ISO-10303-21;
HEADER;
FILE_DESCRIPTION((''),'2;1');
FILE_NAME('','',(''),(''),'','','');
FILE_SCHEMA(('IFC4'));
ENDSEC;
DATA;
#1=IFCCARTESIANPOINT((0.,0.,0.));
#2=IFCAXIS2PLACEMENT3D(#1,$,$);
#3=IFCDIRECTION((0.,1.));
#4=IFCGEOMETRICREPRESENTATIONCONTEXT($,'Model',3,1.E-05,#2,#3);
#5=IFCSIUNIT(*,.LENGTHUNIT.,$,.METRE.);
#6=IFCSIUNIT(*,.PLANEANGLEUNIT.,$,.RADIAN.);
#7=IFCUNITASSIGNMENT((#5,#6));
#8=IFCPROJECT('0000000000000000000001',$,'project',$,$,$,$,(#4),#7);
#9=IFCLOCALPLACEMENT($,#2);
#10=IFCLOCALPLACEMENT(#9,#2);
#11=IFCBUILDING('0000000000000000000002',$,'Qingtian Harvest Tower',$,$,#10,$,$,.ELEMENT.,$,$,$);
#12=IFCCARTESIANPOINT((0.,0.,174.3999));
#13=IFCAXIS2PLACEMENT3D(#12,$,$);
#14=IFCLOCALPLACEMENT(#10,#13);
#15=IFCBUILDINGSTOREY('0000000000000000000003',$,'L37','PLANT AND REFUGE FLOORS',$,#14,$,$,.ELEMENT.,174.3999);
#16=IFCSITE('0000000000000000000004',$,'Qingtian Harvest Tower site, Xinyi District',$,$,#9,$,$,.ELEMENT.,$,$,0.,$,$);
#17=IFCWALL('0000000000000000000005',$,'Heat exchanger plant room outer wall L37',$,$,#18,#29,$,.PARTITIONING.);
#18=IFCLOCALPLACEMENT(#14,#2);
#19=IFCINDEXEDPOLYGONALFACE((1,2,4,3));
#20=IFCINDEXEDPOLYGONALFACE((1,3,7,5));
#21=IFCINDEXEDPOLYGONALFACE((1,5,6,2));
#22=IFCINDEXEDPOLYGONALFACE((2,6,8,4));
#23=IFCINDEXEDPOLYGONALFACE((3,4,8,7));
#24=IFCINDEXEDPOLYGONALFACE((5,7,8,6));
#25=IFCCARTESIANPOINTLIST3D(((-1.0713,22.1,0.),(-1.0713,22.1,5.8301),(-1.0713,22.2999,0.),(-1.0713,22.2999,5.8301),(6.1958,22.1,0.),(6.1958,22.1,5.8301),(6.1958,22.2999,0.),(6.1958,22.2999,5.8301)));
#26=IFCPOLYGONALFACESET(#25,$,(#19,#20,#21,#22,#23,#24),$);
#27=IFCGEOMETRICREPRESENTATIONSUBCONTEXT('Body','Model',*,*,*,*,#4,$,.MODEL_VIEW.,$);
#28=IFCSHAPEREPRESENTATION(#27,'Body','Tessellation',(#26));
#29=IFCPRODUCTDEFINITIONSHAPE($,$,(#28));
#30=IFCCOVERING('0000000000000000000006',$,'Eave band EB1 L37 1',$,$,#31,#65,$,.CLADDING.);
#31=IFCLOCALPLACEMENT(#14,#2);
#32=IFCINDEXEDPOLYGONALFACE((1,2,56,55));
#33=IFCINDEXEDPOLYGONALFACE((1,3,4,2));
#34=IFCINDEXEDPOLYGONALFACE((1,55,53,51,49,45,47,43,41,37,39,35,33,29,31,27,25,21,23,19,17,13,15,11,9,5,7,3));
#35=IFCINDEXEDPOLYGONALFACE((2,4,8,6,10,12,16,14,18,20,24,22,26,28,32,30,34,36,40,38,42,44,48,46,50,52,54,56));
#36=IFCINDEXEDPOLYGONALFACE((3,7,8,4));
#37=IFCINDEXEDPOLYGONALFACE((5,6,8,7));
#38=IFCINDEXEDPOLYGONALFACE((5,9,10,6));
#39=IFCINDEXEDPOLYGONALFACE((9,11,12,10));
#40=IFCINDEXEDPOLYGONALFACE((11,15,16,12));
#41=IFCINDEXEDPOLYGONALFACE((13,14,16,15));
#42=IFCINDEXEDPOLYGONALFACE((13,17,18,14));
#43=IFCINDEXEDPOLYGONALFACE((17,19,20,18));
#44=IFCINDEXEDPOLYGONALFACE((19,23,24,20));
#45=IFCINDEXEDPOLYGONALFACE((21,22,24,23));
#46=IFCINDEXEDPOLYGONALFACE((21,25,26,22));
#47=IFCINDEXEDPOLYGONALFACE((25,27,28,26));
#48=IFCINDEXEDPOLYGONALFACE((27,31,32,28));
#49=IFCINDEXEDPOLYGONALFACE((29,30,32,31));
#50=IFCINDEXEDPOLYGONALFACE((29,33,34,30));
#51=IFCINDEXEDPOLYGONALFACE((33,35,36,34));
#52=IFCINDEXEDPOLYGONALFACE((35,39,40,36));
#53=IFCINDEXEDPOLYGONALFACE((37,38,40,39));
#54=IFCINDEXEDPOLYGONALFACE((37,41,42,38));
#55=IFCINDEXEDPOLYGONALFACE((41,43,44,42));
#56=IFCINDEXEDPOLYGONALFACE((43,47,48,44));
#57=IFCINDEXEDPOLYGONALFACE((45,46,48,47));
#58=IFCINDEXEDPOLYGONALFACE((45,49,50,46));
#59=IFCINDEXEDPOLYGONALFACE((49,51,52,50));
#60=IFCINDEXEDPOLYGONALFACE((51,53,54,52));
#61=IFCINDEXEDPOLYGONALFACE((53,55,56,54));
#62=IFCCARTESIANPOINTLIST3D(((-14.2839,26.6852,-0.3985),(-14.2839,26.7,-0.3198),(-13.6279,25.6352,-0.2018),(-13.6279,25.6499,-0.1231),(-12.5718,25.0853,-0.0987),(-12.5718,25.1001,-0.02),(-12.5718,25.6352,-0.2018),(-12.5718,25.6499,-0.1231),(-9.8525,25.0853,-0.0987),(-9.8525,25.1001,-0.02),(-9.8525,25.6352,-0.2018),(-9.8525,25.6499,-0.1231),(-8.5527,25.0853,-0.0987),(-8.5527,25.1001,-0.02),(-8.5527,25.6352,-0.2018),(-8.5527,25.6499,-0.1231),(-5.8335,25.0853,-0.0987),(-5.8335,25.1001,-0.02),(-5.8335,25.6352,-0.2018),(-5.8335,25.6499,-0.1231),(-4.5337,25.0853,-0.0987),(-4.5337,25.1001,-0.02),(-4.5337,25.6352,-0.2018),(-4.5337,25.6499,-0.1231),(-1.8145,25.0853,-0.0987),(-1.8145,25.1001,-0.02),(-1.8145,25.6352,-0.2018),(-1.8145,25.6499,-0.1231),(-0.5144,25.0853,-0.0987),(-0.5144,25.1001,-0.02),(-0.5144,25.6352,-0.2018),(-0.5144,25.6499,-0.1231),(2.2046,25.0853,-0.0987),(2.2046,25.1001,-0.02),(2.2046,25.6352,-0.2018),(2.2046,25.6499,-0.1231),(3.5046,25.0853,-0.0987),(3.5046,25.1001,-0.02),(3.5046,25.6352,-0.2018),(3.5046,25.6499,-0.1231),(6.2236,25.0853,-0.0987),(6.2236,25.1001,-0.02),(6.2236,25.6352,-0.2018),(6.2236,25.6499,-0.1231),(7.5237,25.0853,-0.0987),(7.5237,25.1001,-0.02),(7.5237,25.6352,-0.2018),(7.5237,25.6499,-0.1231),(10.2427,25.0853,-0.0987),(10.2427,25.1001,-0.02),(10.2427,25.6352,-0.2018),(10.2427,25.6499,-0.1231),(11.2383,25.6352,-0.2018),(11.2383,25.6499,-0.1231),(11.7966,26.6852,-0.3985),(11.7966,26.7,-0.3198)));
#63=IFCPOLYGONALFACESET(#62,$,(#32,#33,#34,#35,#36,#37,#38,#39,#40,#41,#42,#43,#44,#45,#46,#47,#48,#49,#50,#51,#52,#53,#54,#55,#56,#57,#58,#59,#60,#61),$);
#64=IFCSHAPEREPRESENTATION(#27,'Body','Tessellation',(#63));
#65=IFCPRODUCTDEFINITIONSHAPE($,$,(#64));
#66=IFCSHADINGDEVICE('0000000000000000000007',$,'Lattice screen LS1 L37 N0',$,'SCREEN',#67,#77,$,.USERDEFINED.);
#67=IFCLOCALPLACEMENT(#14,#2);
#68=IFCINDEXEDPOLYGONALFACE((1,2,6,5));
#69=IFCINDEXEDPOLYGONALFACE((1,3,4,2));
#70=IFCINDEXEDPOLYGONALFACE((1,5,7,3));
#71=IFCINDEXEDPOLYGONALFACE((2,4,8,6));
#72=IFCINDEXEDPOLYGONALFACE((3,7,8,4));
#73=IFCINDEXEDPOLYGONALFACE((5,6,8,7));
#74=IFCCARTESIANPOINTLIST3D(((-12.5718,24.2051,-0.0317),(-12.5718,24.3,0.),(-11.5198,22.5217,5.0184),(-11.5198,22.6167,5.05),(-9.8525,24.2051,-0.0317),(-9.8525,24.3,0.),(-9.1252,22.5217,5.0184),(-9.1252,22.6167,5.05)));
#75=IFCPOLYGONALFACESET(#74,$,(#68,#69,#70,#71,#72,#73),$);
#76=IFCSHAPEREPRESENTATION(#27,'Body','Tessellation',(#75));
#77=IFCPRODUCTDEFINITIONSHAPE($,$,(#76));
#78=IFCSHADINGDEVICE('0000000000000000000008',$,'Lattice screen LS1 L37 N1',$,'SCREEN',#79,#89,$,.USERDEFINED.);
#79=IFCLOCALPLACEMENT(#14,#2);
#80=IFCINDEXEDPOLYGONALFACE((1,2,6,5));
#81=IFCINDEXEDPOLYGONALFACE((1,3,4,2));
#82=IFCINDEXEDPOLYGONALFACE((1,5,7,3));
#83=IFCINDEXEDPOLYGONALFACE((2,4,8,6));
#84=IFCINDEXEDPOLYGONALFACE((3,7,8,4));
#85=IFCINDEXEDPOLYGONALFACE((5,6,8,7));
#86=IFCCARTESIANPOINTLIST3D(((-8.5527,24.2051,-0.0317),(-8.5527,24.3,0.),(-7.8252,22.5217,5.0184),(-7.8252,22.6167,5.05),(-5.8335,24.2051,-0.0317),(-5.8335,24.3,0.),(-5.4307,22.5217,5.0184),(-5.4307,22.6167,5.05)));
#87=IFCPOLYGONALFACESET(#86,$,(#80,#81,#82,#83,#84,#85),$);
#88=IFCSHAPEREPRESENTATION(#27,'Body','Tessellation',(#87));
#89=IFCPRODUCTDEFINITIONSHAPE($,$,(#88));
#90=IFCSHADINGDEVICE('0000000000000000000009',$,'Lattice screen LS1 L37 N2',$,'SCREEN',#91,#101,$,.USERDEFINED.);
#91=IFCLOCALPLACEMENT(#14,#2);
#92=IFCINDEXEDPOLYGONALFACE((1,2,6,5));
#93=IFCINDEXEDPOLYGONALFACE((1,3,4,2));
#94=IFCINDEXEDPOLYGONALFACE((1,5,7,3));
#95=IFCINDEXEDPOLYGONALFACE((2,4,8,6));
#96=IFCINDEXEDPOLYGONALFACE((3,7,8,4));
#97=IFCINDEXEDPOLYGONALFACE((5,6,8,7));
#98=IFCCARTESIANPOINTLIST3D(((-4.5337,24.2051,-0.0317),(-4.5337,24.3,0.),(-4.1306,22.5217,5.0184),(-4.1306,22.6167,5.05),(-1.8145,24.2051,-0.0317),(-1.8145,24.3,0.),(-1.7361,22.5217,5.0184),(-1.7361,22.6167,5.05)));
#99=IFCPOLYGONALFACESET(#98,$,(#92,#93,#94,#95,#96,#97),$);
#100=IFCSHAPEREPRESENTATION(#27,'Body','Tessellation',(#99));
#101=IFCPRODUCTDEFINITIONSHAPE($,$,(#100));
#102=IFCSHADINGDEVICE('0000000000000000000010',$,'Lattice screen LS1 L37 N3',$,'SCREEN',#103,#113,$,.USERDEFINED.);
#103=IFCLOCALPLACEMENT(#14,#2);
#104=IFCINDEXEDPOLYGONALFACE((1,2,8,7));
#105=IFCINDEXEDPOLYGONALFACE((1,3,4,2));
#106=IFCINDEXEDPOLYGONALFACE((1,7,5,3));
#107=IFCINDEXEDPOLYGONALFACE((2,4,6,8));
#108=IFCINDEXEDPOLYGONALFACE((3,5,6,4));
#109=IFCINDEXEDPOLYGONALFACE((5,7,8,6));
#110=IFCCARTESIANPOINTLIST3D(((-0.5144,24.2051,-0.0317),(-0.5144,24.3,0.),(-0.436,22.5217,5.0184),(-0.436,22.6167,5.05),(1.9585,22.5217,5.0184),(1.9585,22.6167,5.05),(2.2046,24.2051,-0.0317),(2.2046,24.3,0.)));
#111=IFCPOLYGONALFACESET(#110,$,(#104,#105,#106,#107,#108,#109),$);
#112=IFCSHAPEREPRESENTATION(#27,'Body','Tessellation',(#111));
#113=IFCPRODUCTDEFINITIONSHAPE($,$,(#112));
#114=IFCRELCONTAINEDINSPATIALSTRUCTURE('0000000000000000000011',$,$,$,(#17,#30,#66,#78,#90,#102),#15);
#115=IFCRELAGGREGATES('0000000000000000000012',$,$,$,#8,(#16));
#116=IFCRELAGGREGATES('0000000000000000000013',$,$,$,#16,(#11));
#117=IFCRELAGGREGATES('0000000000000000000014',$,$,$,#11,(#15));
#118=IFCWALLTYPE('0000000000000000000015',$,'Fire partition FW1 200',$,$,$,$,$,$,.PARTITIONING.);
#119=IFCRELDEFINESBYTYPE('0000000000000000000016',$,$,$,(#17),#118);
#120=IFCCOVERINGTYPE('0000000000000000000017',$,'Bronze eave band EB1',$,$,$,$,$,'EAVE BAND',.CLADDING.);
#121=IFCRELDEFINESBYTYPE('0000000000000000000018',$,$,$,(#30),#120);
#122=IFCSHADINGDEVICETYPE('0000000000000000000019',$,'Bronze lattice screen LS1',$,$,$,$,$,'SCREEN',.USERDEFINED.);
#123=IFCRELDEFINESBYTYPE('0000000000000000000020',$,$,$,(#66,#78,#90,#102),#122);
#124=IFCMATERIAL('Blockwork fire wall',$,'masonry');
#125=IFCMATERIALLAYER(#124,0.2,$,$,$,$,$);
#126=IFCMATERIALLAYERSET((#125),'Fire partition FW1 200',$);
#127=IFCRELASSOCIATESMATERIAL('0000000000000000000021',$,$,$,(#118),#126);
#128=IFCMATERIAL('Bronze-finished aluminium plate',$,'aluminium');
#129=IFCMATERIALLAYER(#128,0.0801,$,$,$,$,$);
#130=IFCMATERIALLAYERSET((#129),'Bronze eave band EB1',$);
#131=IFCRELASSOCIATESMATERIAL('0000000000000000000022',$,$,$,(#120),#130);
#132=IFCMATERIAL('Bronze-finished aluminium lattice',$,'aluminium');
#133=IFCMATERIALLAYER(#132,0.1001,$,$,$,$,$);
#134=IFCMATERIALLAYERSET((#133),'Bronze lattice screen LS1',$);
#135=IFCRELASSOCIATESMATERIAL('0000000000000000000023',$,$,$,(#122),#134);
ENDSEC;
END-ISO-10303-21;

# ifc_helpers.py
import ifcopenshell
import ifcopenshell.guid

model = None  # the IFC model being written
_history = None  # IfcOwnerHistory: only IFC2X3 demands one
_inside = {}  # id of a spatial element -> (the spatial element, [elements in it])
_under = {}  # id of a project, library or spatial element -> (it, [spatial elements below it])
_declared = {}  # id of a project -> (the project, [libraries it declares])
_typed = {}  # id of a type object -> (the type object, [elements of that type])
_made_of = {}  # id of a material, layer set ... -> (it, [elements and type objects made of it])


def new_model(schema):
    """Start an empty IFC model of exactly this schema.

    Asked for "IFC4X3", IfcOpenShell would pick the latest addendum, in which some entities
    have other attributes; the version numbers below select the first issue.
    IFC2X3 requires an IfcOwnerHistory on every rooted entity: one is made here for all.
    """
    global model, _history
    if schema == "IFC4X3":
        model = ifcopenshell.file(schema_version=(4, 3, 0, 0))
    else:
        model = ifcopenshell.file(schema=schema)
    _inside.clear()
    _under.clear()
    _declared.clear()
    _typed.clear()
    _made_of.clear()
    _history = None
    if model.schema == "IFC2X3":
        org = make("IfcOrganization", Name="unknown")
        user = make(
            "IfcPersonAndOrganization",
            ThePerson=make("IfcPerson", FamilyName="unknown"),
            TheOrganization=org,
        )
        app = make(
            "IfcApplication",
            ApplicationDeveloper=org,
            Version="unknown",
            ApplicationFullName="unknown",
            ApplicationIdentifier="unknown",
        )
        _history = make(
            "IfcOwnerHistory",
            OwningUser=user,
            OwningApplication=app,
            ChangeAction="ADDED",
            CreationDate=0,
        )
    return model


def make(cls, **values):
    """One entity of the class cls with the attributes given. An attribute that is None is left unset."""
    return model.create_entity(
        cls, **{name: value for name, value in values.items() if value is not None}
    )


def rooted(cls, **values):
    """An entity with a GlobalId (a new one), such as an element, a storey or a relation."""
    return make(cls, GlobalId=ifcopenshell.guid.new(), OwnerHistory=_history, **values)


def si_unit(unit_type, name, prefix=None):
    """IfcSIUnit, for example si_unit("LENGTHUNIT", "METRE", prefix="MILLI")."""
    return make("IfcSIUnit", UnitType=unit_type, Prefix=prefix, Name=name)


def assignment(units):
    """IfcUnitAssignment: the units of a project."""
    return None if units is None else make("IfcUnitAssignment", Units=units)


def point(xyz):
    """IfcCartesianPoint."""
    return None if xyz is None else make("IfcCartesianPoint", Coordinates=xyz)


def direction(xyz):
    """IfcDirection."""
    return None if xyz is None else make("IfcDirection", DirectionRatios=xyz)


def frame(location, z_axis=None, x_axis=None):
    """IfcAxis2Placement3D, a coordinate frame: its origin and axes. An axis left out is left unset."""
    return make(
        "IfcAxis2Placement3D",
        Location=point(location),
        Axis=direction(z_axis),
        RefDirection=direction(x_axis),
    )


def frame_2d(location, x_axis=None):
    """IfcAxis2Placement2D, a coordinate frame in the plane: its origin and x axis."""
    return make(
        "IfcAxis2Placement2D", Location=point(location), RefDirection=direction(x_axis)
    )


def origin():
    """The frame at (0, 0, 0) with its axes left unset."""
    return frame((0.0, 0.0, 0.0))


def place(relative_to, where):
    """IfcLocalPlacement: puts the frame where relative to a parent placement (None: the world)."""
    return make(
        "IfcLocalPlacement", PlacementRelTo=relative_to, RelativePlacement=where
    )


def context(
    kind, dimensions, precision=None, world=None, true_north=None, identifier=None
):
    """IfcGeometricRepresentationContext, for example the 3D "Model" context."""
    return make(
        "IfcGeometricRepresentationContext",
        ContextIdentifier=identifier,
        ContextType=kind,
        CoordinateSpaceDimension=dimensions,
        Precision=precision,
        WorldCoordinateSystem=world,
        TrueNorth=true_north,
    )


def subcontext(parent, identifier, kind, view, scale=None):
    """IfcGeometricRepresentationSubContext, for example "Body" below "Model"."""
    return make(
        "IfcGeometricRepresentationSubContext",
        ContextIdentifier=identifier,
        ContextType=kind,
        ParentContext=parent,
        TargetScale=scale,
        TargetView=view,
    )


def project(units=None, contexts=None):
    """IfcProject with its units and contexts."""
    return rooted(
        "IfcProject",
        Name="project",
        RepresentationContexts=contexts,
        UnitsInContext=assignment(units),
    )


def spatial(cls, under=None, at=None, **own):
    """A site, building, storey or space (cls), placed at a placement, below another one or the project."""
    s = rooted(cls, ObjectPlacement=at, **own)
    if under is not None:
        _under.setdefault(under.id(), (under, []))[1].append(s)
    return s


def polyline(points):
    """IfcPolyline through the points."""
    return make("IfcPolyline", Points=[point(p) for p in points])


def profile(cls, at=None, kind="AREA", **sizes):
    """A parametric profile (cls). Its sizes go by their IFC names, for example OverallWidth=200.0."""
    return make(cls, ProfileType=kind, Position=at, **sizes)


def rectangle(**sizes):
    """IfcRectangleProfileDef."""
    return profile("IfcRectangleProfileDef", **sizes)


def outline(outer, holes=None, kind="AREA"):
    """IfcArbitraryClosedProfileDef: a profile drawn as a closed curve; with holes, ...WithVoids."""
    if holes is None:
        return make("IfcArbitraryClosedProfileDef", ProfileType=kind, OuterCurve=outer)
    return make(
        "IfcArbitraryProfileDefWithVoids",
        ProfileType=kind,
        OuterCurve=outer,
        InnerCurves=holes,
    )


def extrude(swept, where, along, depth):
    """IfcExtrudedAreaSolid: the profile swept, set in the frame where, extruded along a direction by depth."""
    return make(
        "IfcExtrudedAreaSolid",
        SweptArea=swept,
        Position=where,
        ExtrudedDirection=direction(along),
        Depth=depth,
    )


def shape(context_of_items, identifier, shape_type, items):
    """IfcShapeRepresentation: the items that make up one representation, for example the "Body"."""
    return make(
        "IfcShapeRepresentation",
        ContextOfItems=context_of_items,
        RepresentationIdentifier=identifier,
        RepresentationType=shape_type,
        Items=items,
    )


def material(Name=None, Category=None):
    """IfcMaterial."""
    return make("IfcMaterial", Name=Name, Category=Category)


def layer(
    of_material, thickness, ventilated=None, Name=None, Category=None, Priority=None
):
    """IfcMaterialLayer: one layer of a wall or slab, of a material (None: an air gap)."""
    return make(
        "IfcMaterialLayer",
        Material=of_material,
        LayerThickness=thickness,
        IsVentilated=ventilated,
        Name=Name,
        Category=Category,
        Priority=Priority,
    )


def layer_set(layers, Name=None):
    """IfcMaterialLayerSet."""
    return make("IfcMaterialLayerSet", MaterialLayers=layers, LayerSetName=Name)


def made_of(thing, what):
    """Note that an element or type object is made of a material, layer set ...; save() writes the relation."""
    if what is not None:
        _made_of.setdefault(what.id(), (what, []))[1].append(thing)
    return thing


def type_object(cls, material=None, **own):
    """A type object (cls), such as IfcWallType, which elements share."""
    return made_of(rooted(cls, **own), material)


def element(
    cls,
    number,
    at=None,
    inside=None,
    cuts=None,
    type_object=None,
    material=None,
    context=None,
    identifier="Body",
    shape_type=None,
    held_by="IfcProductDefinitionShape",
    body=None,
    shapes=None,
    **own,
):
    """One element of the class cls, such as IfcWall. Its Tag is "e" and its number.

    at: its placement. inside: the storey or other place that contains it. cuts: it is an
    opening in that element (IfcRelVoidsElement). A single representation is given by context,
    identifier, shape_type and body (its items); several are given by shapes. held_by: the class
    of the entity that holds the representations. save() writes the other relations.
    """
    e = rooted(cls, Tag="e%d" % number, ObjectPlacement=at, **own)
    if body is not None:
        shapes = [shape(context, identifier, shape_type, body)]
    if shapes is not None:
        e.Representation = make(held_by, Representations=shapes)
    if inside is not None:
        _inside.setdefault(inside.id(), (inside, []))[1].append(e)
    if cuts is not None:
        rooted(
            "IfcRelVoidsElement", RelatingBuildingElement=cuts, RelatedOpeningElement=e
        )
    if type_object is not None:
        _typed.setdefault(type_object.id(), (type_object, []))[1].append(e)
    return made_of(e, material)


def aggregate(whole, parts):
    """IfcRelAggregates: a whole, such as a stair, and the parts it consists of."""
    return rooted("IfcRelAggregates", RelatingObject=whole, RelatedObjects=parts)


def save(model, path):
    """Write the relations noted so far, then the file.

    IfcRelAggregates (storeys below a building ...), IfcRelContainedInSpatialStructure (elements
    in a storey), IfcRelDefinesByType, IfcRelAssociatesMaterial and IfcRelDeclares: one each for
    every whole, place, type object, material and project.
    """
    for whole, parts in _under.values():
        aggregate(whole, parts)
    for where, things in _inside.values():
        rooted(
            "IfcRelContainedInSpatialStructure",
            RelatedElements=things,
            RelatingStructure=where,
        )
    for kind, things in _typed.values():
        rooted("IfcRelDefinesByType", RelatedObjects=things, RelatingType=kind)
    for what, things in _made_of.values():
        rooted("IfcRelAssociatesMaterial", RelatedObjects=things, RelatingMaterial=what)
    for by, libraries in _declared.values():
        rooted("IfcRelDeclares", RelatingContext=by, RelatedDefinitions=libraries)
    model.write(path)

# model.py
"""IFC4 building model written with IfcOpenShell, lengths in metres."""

from ifc_helpers import new_model, si_unit, direction, frame, frame_2d, origin, place, context, subcontext, project, spatial, polyline, rectangle, outline, extrude, material, layer, layer_set, type_object, element, save


model = new_model("IFC4")

# Units and contexts
model_context = context("Model", 3, precision=1e-05, world=origin(), true_north=direction((0.0, 1.0)))
body_context = subcontext(model_context, "Body", "Model", "MODEL_VIEW")
ifc_project = project(units=[si_unit("LENGTHUNIT", "METRE"), si_unit("PLANEANGLEUNIT", "RADIAN")], contexts=[model_context])

# Site, building, storey
site_placement = place(None, origin())
site = spatial("IfcSite", under=ifc_project, at=site_placement, Name="Qingtian Harvest Tower site, Xinyi District", CompositionType="ELEMENT", RefElevation=0.0)
building_placement = place(site_placement, origin())
building = spatial("IfcBuilding", under=site, at=building_placement, Name="Qingtian Harvest Tower", CompositionType="ELEMENT")
storey_placement = place(building_placement, frame((0.0, 0.0, 174.3999)))
storey = spatial("IfcBuildingStorey", under=building, at=storey_placement, Name="L37", Description="PLANT AND REFUGE FLOORS", CompositionType="ELEMENT", Elevation=174.3999)

# Wall
ifc_material_1 = material(Name="Blockwork fire wall", Category="masonry")
ifc_layer_1 = layer(ifc_material_1, 0.2)
ifc_layer_set_1 = layer_set([ifc_layer_1], Name="Fire partition FW1 200")
wall_type = type_object("IfcWallType", Name="Fire partition FW1 200", PredefinedType="PARTITIONING", material=ifc_layer_set_1)
wall_placement = place(storey_placement, frame((-1.0713, 22.2, 0.0), z_axis=(0.0, 0.0, 1.0), x_axis=(1.0, 0.0, 0.0)))
element("IfcWall", 1, at=wall_placement, inside=storey, type_object=wall_type, Name="Heat exchanger plant room outer wall L37", PredefinedType="PARTITIONING", context=body_context, shape_type="SweptSolid", body=[
    extrude(rectangle(XDim=7.2671, YDim=0.2, at=frame_2d((3.6335, 0.0))), origin(), (0.0, 0.0, 1.0), 5.8301),
])

# Covering
ifc_material_2 = material(Name="Bronze-finished aluminium plate", Category="aluminium")
ifc_layer_2 = layer(ifc_material_2, 0.0801)
ifc_layer_set_2 = layer_set([ifc_layer_2], Name="Bronze eave band EB1")
covering_type = type_object("IfcCoveringType", Name="Bronze eave band EB1", ElementType="EAVE BAND", PredefinedType="CLADDING", material=ifc_layer_set_2)
covering_placement = place(storey_placement, frame((-12.5718, 25.1001, -0.02), z_axis=(0.0, 0.18419, 0.982891), x_axis=(0.0, 0.982891, -0.18419)))
element("IfcCovering", 2, at=covering_placement, inside=storey, type_object=covering_type, Name="Eave band EB1 L37 1", PredefinedType="CLADDING", context=body_context, shape_type="SweptSolid", body=[
    extrude(outline(polyline([(0.0, 0.0), (0.5594, 0.0), (0.5594, 1.0562), (1.6277, 1.7122), (1.6277, -24.3684), (0.5594, -23.8101), (0.5594, -22.8145), (0.0, -22.8145), (0.0, -20.0955), (0.5594, -20.0955), (0.5594, -18.7954), (0.0, -18.7954), (0.0, -16.0764), (0.5594, -16.0764), (0.5594, -14.7764), (0.0, -14.7764), (0.0, -12.0574), (0.5594, -12.0574), (0.5594, -10.7573), (0.0, -10.7573), (0.0, -8.0381), (0.5594, -8.0381), (0.5594, -6.7383), (0.0, -6.7383), (0.0, -4.019), (0.5594, -4.019), (0.5594, -2.7192), (0.0, -2.7192), (0.0, 0.0)])), origin(), (0.0, 0.0, -1.0), 0.0801),
])

# Shading devices
ifc_material_3 = material(Name="Bronze-finished aluminium lattice", Category="aluminium")
ifc_layer_3 = layer(ifc_material_3, 0.1001)
ifc_layer_set_3 = layer_set([ifc_layer_3], Name="Bronze lattice screen LS1")
shading_device_type = type_object("IfcShadingDeviceType", Name="Bronze lattice screen LS1", ElementType="SCREEN", PredefinedType="USERDEFINED", material=ifc_layer_set_3)
shading_device_1_placement = place(storey_placement, frame((-12.5718, 24.3, 0.0), z_axis=(0.0, 0.948683, 0.316228), x_axis=(1.0, 0.0, 0.0)))
element("IfcShadingDevice", 3, at=shading_device_1_placement, inside=storey, type_object=shading_device_type, Name="Lattice screen LS1 L37 N0", ObjectType="SCREEN", PredefinedType="USERDEFINED", context=body_context, shape_type="SweptSolid", body=[
    extrude(outline(polyline([(0.0, 0.0), (2.7192, 0.0), (3.4465, -5.3232), (1.052, -5.3232), (0.0, 0.0)])), origin(), (0.0, 0.0, -1.0), 0.1001),
])
shading_device_2_placement = place(storey_placement, frame((-8.5527, 24.3, 0.0), z_axis=(0.0, 0.948683, 0.316228), x_axis=(1.0, 0.0, 0.0)))
element("IfcShadingDevice", 4, at=shading_device_2_placement, inside=storey, type_object=shading_device_type, Name="Lattice screen LS1 L37 N1", ObjectType="SCREEN", PredefinedType="USERDEFINED", context=body_context, shape_type="SweptSolid", body=[
    extrude(outline(polyline([(0.0, 0.0), (2.7192, 0.0), (3.1221, -5.3232), (0.7275, -5.3232), (0.0, 0.0)])), origin(), (0.0, 0.0, -1.0), 0.1001),
])
shading_device_3_placement = place(storey_placement, frame((-4.5337, 24.3, 0.0), z_axis=(0.0, 0.948683, 0.316228), x_axis=(1.0, 0.0, 0.0)))
element("IfcShadingDevice", 5, at=shading_device_3_placement, inside=storey, type_object=shading_device_type, Name="Lattice screen LS1 L37 N2", ObjectType="SCREEN", PredefinedType="USERDEFINED", context=body_context, shape_type="SweptSolid", body=[
    extrude(outline(polyline([(0.0, 0.0), (2.7192, 0.0), (2.7976, -5.3232), (0.4031, -5.3232), (0.0, 0.0)])), origin(), (0.0, 0.0, -1.0), 0.1001),
])
shading_device_4_placement = place(storey_placement, frame((-0.5144, 24.3, 0.0), z_axis=(0.0, 0.948683, 0.316228), x_axis=(1.0, 0.0, 0.0)))
element("IfcShadingDevice", 6, at=shading_device_4_placement, inside=storey, type_object=shading_device_type, Name="Lattice screen LS1 L37 N3", ObjectType="SCREEN", PredefinedType="USERDEFINED", context=body_context, shape_type="SweptSolid", body=[
    extrude(outline(polyline([(0.0, 0.0), (2.719, 0.0), (2.4729, -5.3232), (0.0784, -5.3232), (0.0, 0.0)])), origin(), (0.0, 0.0, -1.0), 0.1001),
])

save(model, "model.ifc")
